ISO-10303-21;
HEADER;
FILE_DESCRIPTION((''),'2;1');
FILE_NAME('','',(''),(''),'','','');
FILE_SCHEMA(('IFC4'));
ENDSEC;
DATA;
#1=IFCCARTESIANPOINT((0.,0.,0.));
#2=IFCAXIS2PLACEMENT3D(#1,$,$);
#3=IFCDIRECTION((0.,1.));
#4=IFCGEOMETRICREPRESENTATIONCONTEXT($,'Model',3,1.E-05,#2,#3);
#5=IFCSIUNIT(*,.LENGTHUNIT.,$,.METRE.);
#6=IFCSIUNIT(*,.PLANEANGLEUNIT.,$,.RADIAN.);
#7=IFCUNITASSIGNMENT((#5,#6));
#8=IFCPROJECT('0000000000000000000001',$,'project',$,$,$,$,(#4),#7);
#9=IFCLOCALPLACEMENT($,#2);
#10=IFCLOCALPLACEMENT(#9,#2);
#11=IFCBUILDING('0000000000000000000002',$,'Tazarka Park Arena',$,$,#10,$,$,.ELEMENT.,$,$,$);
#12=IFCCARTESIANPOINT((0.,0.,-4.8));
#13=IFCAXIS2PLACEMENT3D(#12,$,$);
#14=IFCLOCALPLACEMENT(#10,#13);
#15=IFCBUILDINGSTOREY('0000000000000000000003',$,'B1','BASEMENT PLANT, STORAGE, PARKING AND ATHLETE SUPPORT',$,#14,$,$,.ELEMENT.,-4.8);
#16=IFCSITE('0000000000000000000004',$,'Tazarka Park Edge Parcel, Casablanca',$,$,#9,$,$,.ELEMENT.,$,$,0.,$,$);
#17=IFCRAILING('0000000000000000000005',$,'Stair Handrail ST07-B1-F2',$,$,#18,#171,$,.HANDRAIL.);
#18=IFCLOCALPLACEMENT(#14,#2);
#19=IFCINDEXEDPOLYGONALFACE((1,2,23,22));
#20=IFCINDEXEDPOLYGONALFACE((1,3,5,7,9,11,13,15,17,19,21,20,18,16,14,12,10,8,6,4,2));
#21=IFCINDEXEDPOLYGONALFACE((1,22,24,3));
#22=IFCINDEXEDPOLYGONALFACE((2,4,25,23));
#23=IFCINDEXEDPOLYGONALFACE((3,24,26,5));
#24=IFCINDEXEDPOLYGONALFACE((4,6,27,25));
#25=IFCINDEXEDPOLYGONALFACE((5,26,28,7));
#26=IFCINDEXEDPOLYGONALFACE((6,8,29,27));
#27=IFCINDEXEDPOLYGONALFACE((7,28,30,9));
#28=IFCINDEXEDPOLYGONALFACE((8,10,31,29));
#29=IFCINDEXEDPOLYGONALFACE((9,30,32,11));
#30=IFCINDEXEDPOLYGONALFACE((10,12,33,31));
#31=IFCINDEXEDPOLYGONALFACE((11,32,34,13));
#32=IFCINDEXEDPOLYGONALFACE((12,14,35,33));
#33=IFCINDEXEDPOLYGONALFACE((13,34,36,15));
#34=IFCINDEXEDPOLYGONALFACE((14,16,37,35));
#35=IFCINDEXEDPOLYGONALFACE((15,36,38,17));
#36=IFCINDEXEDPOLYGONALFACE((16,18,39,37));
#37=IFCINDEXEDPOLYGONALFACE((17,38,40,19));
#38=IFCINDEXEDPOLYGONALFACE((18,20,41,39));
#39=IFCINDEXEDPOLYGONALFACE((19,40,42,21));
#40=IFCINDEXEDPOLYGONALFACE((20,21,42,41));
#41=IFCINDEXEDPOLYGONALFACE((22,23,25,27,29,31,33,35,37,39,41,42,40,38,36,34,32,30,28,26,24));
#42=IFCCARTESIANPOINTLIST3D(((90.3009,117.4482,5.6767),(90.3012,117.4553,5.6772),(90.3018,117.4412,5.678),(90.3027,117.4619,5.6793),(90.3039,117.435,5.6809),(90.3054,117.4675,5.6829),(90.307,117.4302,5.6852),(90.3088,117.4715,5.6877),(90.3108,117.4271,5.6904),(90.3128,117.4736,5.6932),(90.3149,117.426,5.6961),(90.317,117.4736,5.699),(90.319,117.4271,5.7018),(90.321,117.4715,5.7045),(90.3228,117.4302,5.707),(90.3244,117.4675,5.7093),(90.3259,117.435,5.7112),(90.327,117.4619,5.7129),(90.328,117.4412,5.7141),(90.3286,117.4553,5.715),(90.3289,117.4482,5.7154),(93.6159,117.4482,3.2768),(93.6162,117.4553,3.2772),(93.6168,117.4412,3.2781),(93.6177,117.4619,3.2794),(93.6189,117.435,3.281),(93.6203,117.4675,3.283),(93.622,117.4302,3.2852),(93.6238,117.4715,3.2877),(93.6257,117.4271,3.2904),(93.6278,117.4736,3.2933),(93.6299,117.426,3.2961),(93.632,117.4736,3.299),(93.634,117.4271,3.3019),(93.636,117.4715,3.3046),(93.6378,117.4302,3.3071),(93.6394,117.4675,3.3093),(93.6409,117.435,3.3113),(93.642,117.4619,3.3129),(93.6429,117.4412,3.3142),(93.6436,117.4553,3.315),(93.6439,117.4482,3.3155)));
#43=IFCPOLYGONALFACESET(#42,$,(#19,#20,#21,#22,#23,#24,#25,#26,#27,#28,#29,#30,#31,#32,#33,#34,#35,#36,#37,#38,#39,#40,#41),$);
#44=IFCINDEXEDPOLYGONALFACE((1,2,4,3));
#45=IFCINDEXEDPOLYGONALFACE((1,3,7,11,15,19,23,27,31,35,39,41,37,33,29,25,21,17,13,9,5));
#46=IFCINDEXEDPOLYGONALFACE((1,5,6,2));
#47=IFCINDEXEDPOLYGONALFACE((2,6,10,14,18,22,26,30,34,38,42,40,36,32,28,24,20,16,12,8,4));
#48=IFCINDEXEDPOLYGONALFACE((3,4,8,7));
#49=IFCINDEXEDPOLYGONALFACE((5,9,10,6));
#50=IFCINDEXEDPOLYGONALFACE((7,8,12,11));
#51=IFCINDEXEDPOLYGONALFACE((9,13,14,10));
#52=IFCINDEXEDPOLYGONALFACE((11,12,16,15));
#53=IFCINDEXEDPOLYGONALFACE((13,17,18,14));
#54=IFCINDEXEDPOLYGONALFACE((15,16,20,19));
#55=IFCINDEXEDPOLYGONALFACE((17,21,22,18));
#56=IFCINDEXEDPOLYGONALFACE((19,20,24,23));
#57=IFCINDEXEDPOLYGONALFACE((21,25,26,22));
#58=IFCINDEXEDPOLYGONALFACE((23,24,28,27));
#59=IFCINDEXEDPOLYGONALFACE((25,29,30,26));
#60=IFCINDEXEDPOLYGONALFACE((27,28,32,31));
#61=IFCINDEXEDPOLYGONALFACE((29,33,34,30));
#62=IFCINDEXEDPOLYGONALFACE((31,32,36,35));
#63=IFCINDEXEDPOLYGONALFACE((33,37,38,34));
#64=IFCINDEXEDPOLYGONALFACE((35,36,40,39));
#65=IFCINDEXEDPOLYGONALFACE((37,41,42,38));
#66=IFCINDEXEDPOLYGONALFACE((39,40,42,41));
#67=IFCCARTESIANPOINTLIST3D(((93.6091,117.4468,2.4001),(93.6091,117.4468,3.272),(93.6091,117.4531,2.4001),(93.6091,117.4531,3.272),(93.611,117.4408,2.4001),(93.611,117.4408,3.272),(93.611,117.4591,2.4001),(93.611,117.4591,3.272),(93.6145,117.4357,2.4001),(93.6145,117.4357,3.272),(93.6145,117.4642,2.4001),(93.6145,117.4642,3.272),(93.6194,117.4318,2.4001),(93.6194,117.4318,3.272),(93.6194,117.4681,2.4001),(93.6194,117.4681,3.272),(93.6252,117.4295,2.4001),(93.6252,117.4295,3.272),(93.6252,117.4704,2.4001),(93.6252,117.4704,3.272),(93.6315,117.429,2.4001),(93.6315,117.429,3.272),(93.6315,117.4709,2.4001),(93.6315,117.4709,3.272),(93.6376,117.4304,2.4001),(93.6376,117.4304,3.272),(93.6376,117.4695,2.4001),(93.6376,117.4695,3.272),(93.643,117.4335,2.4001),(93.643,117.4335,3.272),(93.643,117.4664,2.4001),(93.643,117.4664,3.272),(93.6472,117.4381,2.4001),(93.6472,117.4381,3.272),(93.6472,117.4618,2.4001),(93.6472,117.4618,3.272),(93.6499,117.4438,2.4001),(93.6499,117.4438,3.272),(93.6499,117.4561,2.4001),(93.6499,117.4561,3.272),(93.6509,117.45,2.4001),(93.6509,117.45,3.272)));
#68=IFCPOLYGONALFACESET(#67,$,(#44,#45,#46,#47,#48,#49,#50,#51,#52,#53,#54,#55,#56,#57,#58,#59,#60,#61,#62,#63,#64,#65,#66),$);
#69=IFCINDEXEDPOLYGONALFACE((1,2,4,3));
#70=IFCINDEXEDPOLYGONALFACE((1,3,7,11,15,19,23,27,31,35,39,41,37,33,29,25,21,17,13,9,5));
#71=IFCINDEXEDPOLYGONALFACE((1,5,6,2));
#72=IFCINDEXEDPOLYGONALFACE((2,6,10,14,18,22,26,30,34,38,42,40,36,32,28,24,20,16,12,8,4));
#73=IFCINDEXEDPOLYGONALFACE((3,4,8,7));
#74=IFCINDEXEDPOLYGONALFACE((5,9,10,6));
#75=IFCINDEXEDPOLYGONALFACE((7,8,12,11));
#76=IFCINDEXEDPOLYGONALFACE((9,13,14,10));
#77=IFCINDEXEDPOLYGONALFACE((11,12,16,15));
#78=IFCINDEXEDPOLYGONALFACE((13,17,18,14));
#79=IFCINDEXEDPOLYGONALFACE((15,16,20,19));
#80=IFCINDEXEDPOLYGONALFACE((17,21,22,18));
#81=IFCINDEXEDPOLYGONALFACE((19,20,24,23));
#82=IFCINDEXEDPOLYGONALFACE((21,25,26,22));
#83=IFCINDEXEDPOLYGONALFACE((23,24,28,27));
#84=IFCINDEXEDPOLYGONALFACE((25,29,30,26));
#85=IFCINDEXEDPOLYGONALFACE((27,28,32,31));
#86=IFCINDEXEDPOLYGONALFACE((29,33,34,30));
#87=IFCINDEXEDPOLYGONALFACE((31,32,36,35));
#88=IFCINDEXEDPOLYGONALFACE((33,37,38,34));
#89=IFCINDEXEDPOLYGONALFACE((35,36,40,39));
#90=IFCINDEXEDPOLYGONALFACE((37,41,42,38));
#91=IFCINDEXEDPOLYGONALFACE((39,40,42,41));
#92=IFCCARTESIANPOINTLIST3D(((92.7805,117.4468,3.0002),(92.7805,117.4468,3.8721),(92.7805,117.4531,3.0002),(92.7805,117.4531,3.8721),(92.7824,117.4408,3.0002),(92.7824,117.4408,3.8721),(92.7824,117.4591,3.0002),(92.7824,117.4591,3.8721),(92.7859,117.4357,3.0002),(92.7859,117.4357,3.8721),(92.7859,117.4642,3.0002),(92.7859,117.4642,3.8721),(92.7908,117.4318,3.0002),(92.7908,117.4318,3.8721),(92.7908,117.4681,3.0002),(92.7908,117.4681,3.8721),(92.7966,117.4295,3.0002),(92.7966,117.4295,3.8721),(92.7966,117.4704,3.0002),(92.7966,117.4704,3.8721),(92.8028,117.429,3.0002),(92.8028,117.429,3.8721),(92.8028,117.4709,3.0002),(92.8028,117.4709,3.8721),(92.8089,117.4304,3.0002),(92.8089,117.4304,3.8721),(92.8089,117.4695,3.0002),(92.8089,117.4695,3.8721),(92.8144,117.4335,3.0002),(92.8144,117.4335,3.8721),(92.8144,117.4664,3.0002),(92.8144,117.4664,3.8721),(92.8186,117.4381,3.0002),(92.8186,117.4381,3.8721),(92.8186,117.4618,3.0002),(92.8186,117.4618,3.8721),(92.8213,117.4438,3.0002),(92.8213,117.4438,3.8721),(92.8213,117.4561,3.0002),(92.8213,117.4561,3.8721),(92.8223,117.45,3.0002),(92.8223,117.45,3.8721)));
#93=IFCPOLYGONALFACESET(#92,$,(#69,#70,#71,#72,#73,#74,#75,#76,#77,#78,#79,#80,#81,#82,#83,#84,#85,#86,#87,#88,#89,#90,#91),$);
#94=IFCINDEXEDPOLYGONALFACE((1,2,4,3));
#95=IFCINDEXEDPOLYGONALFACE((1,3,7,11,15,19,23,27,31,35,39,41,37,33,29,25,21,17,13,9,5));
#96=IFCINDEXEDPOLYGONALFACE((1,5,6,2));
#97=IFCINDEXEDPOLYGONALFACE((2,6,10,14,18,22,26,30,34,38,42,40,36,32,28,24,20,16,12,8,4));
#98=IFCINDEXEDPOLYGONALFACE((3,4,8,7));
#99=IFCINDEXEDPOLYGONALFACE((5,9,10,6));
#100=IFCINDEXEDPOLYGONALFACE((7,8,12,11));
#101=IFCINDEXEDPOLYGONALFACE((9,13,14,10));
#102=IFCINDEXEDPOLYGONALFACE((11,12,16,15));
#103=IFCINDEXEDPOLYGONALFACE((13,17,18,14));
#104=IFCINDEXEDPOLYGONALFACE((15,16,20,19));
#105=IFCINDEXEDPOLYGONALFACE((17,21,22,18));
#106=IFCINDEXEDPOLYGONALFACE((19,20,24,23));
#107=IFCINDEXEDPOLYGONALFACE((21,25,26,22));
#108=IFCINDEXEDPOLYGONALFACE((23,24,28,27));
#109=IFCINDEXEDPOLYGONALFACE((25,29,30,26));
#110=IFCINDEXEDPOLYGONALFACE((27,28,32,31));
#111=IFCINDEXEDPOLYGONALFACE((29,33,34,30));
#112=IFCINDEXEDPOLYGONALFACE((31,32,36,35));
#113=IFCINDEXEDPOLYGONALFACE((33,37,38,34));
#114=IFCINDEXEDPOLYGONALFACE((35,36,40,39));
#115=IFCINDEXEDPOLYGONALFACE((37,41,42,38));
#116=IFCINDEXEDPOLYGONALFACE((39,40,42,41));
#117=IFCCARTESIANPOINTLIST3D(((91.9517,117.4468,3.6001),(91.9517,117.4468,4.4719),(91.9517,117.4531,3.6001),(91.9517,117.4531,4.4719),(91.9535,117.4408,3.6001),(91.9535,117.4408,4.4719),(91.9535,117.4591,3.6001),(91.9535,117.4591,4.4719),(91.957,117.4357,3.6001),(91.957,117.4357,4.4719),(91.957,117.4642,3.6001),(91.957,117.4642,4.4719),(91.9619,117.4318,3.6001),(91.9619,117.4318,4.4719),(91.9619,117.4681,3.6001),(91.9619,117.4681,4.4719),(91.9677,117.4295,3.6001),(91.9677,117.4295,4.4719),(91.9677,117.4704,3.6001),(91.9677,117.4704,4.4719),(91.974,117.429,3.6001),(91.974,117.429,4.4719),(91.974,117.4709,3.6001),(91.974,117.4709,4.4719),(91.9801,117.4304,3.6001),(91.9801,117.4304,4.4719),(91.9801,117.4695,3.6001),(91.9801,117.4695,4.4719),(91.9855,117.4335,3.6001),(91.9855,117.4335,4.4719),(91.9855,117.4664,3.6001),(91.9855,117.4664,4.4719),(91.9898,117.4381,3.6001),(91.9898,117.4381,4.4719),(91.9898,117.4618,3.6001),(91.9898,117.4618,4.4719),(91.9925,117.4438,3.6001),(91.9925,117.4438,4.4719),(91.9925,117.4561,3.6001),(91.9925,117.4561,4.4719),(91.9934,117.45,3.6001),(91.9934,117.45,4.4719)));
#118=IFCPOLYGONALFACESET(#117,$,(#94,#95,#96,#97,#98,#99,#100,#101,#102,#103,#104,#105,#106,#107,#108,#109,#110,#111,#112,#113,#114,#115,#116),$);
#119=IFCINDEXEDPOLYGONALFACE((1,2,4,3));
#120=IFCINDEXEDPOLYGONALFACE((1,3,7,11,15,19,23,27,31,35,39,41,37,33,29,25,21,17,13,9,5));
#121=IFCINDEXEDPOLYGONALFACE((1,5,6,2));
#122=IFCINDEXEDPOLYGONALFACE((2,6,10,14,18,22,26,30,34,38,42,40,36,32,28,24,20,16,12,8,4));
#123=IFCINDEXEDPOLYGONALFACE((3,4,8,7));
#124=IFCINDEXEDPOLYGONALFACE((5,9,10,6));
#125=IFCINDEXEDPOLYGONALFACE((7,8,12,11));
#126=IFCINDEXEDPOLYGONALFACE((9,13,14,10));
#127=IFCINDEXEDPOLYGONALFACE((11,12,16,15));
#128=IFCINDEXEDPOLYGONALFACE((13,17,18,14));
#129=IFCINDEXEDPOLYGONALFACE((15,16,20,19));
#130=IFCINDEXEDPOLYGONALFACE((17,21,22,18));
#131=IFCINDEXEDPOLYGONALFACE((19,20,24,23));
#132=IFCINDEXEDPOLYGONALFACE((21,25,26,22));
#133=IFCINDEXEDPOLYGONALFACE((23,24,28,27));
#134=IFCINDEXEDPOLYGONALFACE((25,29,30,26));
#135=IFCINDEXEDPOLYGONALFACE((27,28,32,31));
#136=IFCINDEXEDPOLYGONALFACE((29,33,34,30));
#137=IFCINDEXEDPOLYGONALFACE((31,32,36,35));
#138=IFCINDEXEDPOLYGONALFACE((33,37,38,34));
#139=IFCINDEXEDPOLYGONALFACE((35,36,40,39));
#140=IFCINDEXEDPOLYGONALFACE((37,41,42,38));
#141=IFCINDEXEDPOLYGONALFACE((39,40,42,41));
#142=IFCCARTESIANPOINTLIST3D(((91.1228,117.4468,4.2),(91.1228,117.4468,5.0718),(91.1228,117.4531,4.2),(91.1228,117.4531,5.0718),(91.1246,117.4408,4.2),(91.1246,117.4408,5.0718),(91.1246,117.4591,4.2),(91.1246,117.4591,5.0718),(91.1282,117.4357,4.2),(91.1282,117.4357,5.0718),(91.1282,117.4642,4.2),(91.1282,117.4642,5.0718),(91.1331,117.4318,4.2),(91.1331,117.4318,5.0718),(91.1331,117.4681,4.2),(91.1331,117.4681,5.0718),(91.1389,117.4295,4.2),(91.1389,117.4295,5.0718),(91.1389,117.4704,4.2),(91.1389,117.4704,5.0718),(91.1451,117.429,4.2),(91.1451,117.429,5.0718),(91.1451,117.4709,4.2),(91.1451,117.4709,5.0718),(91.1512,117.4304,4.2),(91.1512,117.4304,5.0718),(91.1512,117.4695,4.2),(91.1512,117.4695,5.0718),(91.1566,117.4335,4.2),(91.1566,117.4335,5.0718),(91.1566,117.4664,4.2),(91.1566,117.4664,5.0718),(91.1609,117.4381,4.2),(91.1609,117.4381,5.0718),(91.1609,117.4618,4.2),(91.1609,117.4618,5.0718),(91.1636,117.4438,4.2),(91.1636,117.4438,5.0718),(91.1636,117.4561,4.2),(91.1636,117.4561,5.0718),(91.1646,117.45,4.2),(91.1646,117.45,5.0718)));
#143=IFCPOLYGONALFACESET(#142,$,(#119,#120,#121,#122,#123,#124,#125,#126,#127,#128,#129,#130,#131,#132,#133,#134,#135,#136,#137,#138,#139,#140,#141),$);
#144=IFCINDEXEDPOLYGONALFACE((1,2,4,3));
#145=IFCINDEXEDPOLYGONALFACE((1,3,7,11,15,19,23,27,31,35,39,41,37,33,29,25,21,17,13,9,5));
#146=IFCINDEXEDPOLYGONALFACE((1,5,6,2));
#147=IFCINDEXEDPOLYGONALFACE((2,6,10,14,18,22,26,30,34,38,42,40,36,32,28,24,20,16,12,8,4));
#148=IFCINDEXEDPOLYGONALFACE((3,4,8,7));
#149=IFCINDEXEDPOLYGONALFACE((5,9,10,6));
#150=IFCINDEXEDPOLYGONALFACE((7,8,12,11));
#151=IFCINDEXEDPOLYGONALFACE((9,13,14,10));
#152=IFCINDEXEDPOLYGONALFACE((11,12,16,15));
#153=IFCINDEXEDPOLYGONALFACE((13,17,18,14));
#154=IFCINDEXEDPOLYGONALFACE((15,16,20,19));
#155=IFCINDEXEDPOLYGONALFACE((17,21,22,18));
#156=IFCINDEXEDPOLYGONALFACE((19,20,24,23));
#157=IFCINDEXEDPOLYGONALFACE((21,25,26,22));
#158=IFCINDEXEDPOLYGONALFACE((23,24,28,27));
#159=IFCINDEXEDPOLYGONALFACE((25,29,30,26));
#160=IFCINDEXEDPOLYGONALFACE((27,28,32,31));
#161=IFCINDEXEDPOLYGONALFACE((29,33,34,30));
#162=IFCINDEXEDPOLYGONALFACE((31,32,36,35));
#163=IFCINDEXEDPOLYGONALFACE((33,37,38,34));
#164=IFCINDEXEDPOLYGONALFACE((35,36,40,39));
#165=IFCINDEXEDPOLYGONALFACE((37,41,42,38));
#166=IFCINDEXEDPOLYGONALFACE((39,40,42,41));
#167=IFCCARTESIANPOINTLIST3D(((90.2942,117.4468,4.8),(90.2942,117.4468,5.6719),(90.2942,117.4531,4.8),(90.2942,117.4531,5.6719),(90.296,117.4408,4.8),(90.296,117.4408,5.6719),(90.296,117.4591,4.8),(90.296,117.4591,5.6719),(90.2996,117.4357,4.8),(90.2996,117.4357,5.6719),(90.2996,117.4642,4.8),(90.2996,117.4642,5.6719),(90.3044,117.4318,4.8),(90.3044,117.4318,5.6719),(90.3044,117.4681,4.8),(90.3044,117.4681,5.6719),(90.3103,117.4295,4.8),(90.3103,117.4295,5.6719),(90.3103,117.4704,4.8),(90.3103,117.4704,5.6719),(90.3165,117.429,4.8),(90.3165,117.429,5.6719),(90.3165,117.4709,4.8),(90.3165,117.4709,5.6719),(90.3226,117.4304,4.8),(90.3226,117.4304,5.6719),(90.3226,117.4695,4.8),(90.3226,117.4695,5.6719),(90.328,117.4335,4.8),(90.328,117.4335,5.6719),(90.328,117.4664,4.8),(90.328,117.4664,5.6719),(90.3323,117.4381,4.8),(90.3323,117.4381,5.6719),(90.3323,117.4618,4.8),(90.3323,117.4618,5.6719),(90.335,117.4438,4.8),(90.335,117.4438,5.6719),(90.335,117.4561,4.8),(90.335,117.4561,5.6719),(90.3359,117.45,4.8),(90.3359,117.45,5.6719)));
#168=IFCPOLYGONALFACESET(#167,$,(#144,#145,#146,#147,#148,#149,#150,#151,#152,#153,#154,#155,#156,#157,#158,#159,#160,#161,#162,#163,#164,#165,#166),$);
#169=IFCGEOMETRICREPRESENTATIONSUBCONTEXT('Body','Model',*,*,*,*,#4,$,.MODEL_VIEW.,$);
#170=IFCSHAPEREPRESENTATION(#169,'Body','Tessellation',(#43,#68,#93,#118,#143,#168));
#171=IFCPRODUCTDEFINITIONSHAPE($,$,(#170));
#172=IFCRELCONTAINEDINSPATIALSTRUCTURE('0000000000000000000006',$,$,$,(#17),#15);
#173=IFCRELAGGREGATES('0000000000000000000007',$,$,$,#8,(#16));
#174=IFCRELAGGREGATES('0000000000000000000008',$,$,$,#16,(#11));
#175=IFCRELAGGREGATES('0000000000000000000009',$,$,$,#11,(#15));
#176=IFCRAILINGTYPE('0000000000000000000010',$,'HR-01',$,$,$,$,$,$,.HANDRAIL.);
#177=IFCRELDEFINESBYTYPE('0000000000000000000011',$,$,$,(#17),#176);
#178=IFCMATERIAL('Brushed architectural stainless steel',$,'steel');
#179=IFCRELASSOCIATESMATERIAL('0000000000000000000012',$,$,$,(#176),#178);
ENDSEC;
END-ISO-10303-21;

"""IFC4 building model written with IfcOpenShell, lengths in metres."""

from ifc_helpers import new_model, si_unit, direction, frame, origin, origin_2d, place, context, subcontext, project, spatial, circle, extrude, material, type_object, element, save


model = new_model("IFC4")

# Units and contexts
model_context = context("Model", 3, precision=1e-05, world=origin(), true_north=direction((0.0, 1.0)))
body_context = subcontext(model_context, "Body", "Model", "MODEL_VIEW")
ifc_project = project(units=[si_unit("LENGTHUNIT", "METRE"), si_unit("PLANEANGLEUNIT", "RADIAN")], contexts=[model_context])

# Site, building, storey
site_placement = place(None, origin())
site = spatial("IfcSite", under=ifc_project, at=site_placement, Name="Tazarka Park Edge Parcel, Casablanca", CompositionType="ELEMENT", RefElevation=0.0)
building_placement = place(site_placement, origin())
building = spatial("IfcBuilding", under=site, at=building_placement, Name="Tazarka Park Arena", CompositionType="ELEMENT")
storey_placement = place(building_placement, frame((0.0, 0.0, -4.8)))
storey = spatial("IfcBuildingStorey", under=building, at=storey_placement, Name="B1", Description="BASEMENT PLANT, STORAGE, PARKING AND ATHLETE SUPPORT", CompositionType="ELEMENT", Elevation=-4.8)

# Railing
ifc_material_1 = material(Name="Brushed architectural stainless steel", Category="steel")
railing_type_1 = type_object("IfcRailingType", Name="HR-01", PredefinedType="HANDRAIL", material=ifc_material_1)
railing_1_placement = place(storey_placement, frame((93.6299, 117.45, 2.4001)))
element("IfcRailing", 1, at=railing_1_placement, inside=storey, type_object=railing_type_1, Name="Stair Handrail ST07-B1-F2", PredefinedType="HANDRAIL", context=body_context, shape_type="SweptSolid", body=[
    extrude(circle(Radius=0.0239, at=origin_2d()), frame((0.0, 0.0, 0.896), z_axis=(-0.810009, 0.0, 0.586418), x_axis=(0.0, -1.0, 0.0)), (0.0, 0.0, 1.0), 4.0925),
    extrude(circle(Radius=0.021, at=origin_2d()), origin(), (0.0, 0.0, 1.0), 0.8718),
    extrude(circle(Radius=0.021, at=origin_2d()), frame((-0.8286, 0.0, 0.6001)), (0.0, 0.0, 1.0), 0.8718),
    extrude(circle(Radius=0.021, at=origin_2d()), frame((-1.6575, 0.0, 1.2)), (0.0, 0.0, 1.0), 0.8718),
    extrude(circle(Radius=0.021, at=origin_2d()), frame((-2.4863, 0.0, 1.7998)), (0.0, 0.0, 1.0), 0.8718),
    extrude(circle(Radius=0.021, at=origin_2d()), frame((-3.3149, 0.0, 2.3999)), (0.0, 0.0, 1.0), 0.8718),
])

save(model, "model.ifc")
